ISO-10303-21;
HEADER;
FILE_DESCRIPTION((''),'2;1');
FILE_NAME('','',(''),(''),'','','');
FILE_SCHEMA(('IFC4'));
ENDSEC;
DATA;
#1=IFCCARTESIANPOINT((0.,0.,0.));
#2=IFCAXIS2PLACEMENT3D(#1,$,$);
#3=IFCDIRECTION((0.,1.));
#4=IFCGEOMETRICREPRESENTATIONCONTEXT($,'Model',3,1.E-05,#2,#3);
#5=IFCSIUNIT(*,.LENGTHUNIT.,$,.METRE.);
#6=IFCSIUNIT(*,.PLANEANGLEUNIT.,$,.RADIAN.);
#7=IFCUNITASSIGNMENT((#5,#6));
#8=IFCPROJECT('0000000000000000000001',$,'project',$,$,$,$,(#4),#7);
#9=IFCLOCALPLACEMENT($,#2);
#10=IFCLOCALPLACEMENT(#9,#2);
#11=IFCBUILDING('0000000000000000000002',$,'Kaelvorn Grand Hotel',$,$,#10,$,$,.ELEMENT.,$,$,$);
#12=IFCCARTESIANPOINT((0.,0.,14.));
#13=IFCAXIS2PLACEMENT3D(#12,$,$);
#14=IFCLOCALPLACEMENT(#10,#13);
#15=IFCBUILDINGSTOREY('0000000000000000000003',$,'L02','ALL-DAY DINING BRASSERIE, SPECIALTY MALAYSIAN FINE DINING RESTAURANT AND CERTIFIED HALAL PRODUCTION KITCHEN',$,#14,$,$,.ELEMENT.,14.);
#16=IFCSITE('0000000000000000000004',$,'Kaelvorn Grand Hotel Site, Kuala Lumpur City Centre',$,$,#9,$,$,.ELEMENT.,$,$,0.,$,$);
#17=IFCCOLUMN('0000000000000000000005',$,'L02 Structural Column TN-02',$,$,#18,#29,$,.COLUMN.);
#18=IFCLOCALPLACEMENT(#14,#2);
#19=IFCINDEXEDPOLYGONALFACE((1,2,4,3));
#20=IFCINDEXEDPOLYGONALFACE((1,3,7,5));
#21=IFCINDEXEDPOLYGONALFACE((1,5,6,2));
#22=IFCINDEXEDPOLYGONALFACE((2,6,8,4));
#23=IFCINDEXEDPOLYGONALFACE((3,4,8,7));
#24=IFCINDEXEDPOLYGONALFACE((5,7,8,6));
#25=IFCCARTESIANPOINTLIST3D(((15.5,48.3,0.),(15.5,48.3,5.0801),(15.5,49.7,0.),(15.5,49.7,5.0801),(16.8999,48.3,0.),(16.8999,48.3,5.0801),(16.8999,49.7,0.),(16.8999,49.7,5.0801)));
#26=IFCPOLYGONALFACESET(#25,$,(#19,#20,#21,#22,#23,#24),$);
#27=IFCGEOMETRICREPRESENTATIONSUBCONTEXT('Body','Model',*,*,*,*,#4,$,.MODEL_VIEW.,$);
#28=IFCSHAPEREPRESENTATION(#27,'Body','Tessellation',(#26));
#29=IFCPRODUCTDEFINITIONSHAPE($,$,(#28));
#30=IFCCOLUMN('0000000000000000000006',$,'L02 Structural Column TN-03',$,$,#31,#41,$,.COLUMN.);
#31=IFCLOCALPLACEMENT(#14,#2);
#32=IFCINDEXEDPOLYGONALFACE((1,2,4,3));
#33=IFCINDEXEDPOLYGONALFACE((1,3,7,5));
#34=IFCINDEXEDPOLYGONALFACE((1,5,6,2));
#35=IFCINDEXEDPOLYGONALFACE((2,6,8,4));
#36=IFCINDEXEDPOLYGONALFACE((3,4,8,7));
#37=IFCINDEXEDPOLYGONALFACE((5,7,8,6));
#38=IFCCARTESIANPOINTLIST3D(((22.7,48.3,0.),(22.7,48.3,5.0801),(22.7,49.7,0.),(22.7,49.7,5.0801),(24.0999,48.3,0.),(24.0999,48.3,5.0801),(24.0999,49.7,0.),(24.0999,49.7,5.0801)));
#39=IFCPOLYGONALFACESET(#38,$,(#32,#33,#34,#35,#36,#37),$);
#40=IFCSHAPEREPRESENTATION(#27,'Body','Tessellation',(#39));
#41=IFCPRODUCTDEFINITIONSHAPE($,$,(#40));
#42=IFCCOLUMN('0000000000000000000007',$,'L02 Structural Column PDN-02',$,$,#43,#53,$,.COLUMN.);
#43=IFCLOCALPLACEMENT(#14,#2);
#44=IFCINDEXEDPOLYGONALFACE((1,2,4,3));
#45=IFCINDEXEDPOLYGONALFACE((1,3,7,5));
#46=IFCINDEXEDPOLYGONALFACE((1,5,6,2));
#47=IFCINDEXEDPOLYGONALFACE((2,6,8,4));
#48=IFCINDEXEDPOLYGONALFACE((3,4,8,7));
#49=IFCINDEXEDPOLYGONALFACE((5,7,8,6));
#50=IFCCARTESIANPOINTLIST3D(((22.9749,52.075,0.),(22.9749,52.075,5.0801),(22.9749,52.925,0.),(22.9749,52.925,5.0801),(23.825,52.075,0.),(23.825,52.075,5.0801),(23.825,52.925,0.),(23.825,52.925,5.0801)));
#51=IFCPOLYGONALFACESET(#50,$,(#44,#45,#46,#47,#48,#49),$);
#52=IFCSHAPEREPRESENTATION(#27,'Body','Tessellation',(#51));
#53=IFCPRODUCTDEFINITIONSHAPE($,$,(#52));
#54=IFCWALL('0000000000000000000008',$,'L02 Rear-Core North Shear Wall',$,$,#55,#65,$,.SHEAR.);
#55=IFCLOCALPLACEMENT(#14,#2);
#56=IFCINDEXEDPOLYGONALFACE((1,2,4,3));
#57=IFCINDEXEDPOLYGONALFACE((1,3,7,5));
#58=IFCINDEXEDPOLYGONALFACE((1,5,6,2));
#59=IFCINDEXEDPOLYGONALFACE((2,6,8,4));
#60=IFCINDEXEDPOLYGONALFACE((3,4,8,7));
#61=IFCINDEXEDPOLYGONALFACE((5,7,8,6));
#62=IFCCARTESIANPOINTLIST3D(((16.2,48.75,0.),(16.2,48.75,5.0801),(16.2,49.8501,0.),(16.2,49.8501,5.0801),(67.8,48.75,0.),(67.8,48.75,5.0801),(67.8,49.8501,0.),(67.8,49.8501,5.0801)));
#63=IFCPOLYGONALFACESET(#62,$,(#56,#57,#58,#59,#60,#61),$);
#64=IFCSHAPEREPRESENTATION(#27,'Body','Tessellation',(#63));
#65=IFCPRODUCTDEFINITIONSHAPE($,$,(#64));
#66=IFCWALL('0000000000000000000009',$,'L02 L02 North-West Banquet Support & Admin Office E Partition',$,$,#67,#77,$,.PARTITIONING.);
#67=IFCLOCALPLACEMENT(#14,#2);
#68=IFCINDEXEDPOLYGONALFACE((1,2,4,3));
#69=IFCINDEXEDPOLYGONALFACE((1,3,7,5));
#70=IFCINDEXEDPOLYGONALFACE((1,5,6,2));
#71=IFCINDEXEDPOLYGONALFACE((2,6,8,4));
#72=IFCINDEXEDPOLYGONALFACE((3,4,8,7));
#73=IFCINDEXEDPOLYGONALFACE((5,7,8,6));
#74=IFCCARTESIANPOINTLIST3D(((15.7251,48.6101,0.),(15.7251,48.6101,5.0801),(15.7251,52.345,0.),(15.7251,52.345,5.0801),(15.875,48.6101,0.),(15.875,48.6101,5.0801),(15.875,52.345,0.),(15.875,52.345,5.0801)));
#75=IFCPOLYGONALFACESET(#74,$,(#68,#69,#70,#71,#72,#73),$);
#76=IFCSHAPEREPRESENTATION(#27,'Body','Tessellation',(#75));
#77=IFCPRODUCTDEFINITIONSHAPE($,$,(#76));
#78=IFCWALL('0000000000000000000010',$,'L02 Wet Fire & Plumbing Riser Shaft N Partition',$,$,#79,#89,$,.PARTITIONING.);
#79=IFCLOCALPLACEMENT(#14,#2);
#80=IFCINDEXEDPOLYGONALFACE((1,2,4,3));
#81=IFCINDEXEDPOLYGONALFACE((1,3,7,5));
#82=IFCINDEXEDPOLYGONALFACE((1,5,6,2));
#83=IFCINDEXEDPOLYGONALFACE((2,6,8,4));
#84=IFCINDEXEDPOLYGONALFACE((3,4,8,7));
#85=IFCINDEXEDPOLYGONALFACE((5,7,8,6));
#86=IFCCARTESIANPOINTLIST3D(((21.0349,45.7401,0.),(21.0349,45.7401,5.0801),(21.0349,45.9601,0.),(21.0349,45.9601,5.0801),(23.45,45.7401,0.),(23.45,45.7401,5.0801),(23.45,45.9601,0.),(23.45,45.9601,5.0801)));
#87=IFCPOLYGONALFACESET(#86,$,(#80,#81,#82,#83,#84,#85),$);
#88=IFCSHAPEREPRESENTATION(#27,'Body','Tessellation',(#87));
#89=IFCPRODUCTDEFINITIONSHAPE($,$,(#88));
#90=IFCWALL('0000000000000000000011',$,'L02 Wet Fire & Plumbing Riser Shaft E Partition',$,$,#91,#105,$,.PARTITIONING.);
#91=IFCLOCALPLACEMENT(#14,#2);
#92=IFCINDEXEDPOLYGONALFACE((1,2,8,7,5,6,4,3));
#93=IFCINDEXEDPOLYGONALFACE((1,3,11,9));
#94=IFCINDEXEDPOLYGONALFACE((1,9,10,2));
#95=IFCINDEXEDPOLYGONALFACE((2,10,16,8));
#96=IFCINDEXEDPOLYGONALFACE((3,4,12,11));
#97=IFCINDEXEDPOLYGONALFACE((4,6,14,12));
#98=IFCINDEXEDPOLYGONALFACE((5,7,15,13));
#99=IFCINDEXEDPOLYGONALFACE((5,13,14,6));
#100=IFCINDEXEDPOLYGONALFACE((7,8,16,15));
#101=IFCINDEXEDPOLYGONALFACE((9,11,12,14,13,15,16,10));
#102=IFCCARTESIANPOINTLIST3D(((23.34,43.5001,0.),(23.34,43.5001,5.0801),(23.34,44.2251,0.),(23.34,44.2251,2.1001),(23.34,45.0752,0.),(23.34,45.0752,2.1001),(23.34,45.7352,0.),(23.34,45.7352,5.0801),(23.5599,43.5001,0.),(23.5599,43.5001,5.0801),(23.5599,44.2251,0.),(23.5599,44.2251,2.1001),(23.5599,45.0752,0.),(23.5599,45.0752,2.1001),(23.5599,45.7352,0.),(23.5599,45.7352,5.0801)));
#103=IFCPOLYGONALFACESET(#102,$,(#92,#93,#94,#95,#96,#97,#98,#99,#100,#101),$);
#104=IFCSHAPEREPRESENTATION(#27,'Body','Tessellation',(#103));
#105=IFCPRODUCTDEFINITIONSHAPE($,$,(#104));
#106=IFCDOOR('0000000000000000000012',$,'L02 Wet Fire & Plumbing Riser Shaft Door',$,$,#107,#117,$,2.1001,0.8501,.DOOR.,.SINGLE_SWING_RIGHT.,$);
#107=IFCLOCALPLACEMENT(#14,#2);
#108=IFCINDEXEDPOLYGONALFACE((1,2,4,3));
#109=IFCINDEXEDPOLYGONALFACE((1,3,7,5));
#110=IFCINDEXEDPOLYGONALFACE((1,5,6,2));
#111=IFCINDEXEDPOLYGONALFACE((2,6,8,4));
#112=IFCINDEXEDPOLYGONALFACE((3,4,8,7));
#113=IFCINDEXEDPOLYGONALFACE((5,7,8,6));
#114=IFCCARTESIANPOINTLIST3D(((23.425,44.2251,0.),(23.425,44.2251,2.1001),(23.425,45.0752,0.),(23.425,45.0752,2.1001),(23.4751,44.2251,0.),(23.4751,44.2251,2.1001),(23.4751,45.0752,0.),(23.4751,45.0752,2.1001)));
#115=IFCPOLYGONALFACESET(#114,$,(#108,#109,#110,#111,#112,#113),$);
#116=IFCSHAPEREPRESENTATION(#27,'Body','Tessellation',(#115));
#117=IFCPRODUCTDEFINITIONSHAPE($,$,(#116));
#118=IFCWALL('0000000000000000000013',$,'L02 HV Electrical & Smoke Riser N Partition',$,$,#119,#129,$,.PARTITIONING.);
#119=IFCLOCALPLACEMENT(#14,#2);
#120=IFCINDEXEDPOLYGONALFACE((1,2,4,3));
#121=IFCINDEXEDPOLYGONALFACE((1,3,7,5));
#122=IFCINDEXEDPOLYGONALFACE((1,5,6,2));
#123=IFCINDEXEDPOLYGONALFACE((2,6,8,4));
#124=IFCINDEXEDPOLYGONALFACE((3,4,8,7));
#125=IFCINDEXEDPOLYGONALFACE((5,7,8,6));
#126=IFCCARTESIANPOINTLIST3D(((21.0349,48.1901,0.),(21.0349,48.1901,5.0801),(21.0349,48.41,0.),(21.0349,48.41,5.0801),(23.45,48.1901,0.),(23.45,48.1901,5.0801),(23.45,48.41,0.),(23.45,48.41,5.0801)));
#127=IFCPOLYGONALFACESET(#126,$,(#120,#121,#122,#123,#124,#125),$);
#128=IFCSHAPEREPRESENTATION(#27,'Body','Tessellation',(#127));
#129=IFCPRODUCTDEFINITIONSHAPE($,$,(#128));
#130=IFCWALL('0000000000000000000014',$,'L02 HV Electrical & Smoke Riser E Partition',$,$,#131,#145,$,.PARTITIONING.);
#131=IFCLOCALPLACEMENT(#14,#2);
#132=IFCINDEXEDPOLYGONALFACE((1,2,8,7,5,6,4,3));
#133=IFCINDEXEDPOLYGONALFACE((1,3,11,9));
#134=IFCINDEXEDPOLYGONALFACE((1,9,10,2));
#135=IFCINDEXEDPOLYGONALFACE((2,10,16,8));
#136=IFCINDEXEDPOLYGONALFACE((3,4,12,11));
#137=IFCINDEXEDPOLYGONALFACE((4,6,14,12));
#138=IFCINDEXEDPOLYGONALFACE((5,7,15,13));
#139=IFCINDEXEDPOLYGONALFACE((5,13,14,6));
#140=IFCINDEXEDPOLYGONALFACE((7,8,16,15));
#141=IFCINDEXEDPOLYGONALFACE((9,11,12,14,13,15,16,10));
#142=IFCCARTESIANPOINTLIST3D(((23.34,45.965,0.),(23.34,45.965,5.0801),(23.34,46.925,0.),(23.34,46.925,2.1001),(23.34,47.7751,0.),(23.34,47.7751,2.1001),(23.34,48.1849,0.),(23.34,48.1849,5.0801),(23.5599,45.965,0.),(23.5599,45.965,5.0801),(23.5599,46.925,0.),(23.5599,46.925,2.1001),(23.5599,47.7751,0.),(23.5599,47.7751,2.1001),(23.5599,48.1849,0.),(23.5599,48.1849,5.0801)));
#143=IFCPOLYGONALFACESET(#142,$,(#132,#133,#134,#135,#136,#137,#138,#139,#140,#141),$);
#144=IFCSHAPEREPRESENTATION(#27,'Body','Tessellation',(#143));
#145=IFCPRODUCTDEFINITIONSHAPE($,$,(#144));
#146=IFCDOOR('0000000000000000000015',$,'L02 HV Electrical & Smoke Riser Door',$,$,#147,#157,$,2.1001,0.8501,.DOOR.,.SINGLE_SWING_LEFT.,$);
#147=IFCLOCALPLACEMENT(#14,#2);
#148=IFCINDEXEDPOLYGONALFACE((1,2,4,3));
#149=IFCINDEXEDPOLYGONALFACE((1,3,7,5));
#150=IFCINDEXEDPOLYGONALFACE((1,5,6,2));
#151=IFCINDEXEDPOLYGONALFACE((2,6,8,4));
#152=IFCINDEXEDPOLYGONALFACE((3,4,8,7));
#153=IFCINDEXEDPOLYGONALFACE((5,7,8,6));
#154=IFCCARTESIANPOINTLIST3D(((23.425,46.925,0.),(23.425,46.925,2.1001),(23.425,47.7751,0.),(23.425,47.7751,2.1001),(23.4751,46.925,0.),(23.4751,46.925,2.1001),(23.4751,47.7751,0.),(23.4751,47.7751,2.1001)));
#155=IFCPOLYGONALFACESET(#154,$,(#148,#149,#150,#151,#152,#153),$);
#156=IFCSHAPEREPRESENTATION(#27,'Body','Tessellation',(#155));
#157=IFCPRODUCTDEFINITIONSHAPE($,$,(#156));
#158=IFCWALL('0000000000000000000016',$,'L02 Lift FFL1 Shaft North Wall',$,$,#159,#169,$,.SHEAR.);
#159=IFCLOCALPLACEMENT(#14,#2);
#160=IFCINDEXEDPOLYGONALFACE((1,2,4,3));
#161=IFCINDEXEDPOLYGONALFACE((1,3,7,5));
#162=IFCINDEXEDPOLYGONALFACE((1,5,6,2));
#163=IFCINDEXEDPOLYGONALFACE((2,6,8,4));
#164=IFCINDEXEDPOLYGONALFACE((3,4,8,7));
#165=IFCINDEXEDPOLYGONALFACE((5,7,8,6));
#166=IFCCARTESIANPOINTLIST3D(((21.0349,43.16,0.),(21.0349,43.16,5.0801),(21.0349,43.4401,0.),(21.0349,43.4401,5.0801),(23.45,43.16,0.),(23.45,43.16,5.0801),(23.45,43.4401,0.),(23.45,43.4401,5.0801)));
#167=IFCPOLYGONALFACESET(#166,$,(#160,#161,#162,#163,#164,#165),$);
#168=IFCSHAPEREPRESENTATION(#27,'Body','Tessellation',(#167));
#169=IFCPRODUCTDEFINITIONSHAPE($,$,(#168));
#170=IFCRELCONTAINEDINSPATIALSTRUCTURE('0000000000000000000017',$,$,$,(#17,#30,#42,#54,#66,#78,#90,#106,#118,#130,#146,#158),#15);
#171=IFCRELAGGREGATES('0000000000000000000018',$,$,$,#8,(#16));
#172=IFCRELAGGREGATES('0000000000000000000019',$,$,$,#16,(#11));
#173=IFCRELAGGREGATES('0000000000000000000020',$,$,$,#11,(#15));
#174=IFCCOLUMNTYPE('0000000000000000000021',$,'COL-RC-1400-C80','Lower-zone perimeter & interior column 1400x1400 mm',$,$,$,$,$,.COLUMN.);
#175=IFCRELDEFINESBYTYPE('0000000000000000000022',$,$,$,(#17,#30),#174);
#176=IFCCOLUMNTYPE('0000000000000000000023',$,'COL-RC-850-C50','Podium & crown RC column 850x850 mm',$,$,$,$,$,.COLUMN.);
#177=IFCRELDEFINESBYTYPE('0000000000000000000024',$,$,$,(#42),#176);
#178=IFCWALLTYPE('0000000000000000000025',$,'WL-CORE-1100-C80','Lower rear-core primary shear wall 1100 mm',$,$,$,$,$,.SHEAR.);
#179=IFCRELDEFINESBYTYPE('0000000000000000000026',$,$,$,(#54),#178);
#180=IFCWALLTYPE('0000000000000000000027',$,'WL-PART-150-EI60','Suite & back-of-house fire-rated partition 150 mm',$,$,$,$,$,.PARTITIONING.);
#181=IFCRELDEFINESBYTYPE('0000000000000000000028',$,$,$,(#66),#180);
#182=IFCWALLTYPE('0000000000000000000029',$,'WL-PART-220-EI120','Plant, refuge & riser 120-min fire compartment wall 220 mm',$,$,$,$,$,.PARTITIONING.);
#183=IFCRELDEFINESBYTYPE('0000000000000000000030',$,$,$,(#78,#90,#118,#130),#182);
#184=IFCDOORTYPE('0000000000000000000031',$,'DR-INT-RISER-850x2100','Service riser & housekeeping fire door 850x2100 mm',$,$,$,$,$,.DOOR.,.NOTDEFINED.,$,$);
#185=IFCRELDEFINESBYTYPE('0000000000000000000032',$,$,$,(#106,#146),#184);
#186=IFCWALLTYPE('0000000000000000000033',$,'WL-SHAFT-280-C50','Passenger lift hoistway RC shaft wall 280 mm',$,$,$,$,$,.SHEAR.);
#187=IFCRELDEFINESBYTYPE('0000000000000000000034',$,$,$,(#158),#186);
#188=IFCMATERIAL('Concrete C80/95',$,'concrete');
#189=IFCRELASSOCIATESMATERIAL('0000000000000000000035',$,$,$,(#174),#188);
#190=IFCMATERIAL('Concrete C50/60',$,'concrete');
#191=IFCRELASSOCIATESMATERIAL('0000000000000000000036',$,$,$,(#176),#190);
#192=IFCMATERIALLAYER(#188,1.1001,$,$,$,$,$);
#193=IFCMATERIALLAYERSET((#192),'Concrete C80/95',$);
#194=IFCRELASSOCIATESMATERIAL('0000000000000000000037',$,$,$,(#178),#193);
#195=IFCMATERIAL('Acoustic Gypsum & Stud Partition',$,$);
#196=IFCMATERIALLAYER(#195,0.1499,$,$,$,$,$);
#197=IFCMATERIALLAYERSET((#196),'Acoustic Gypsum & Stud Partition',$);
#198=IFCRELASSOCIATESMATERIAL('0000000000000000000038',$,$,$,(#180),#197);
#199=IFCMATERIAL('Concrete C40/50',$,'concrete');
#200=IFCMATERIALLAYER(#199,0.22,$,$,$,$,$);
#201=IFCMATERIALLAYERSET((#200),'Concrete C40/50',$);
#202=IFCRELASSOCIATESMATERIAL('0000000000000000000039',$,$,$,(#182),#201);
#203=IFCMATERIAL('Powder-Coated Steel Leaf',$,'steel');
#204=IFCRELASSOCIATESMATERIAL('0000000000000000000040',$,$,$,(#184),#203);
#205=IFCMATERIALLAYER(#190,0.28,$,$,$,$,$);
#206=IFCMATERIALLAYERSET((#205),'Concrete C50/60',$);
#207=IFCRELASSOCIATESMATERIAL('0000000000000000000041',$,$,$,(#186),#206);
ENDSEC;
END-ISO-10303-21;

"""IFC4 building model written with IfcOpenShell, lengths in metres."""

from ifc_helpers import new_model, si_unit, direction, frame, frame_2d, origin, origin_2d, place, context, subcontext, project, spatial, rectangle, extrude, material, layer, layer_set, material_profile, profile_set, type_object, element, fill, save


model = new_model("IFC4")

# Units and contexts
model_context = context("Model", 3, precision=1e-05, world=origin(), true_north=direction((0.0, 1.0)))
body_context = subcontext(model_context, "Body", "Model", "MODEL_VIEW")
ifc_project = project(units=[si_unit("LENGTHUNIT", "METRE"), si_unit("PLANEANGLEUNIT", "RADIAN")], contexts=[model_context])

# Site, building, storey
site_placement = place(None, origin())
site = spatial("IfcSite", under=ifc_project, at=site_placement, Name="Kaelvorn Grand Hotel Site, Kuala Lumpur City Centre", CompositionType="ELEMENT", RefElevation=0.0)
building_placement = place(site_placement, origin())
building = spatial("IfcBuilding", under=site, at=building_placement, Name="Kaelvorn Grand Hotel", CompositionType="ELEMENT")
storey_placement = place(building_placement, frame((0.0, 0.0, 14.0)))
storey = spatial("IfcBuildingStorey", under=building, at=storey_placement, Name="L02", Description="ALL-DAY DINING BRASSERIE, SPECIALTY MALAYSIAN FINE DINING RESTAURANT AND CERTIFIED HALAL PRODUCTION KITCHEN", CompositionType="ELEMENT", Elevation=14.0)

# Columns
ifc_material_1 = material(Name="Concrete C80/95", Category="concrete")
ifc_material_profile_1 = material_profile(ifc_material_1, rectangle(XDim=1.3999, YDim=1.3999, at=origin_2d()), Name="RC COL 1400x1400")
ifc_profile_set_1 = profile_set([ifc_material_profile_1], Name="Concrete C80/95")
column_type_1 = type_object("IfcColumnType", Name="COL-RC-1400-C80", Description="Lower-zone perimeter & interior column 1400x1400 mm", PredefinedType="COLUMN", material=ifc_profile_set_1)
for number, where, z_axis, x_axis, name in (
    (1, (16.2, 49.0, 0.0), (0.0, 0.0, 1.0), (1.0, 0.0, 0.0), "L02 Structural Column TN-02"),
    (2, (23.3999, 49.0, 0.0), (0.0, 0.0, 1.0), (1.0, 0.0, 0.0), "L02 Structural Column TN-03"),
):
    element("IfcColumn", number, at=place(storey_placement, frame(where, z_axis=z_axis, x_axis=x_axis)), inside=storey, type_object=column_type_1, Name=name, PredefinedType="COLUMN", context=body_context, shape_type="SweptSolid", body=[
        extrude(rectangle(XDim=1.3999, YDim=1.3999, at=origin_2d()), origin(), (0.0, 0.0, 1.0), 5.0801),
    ])
ifc_material_2 = material(Name="Concrete C50/60", Category="concrete")
ifc_material_profile_2 = material_profile(ifc_material_2, rectangle(XDim=0.8501, YDim=0.8501, at=origin_2d()), Name="RC COL 850x850")
ifc_profile_set_2 = profile_set([ifc_material_profile_2], Name="Concrete C50/60")
column_type_2 = type_object("IfcColumnType", Name="COL-RC-850-C50", Description="Podium & crown RC column 850x850 mm", PredefinedType="COLUMN", material=ifc_profile_set_2)
column_placement = place(storey_placement, frame((23.3999, 52.5, 0.0), z_axis=(0.0, 0.0, 1.0), x_axis=(1.0, 0.0, 0.0)))
element("IfcColumn", 3, at=column_placement, inside=storey, type_object=column_type_2, Name="L02 Structural Column PDN-02", PredefinedType="COLUMN", context=body_context, shape_type="SweptSolid", body=[
    extrude(rectangle(XDim=0.8501, YDim=0.8501, at=origin_2d()), origin(), (0.0, 0.0, 1.0), 5.0801),
])

# Walls
ifc_layer_1 = layer(ifc_material_1, 1.1001)
ifc_layer_set_1 = layer_set([ifc_layer_1], Name="Concrete C80/95")
wall_type_1 = type_object("IfcWallType", Name="WL-CORE-1100-C80", Description="Lower rear-core primary shear wall 1100 mm", PredefinedType="SHEAR", material=ifc_layer_set_1)
wall_1_placement = place(storey_placement, frame((16.2, 49.3, 0.0), z_axis=(0.0, 0.0, 1.0), x_axis=(1.0, 0.0, 0.0)))
element("IfcWall", 4, at=wall_1_placement, inside=storey, type_object=wall_type_1, Name="L02 Rear-Core North Shear Wall", PredefinedType="SHEAR", context=body_context, shape_type="SweptSolid", body=[
    extrude(rectangle(XDim=51.6001, YDim=1.1001, at=frame_2d((25.8, 0.0))), origin(), (0.0, 0.0, 1.0), 5.0801),
])
ifc_material_3 = material(Name="Acoustic Gypsum & Stud Partition")
ifc_layer_2 = layer(ifc_material_3, 0.1499)
ifc_layer_set_2 = layer_set([ifc_layer_2], Name="Acoustic Gypsum & Stud Partition")
wall_type_2 = type_object("IfcWallType", Name="WL-PART-150-EI60", Description="Suite & back-of-house fire-rated partition 150 mm", PredefinedType="PARTITIONING", material=ifc_layer_set_2)
wall_2_placement = place(storey_placement, frame((15.8, 48.6101, 0.0), z_axis=(0.0, 0.0, 1.0), x_axis=(0.0, 1.0, 0.0)))
element("IfcWall", 5, at=wall_2_placement, inside=storey, type_object=wall_type_2, Name="L02 L02 North-West Banquet Support & Admin Office E Partition", PredefinedType="PARTITIONING", context=body_context, shape_type="SweptSolid", body=[
    extrude(rectangle(XDim=3.7349, YDim=0.1499, at=frame_2d((1.8674, 0.0))), origin(), (0.0, 0.0, 1.0), 5.0801),
])
ifc_material_4 = material(Name="Concrete C40/50", Category="concrete")
ifc_layer_3 = layer(ifc_material_4, 0.22)
ifc_layer_set_3 = layer_set([ifc_layer_3], Name="Concrete C40/50")
wall_type_3 = type_object("IfcWallType", Name="WL-PART-220-EI120", Description="Plant, refuge & riser 120-min fire compartment wall 220 mm", PredefinedType="PARTITIONING", material=ifc_layer_set_3)
wall_3_placement = place(storey_placement, frame((21.0349, 45.8501, 0.0), z_axis=(0.0, 0.0, 1.0), x_axis=(1.0, 0.0, 0.0)))
element("IfcWall", 6, at=wall_3_placement, inside=storey, type_object=wall_type_3, Name="L02 Wet Fire & Plumbing Riser Shaft N Partition", PredefinedType="PARTITIONING", context=body_context, shape_type="SweptSolid", body=[
    extrude(rectangle(XDim=2.415, YDim=0.22, at=frame_2d((1.2075, 0.0))), origin(), (0.0, 0.0, 1.0), 5.0801),
])

# Wall, opening, door
wall_4_placement = place(storey_placement, frame((23.45, 43.5, 0.0), z_axis=(0.0, 0.0, 1.0), x_axis=(0.0, 1.0, 0.0)))
wall_4 = element("IfcWall", 7, at=wall_4_placement, inside=storey, type_object=wall_type_3, Name="L02 Wet Fire & Plumbing Riser Shaft E Partition", PredefinedType="PARTITIONING", context=body_context, shape_type="SweptSolid", body=[
    extrude(rectangle(XDim=2.2351, YDim=0.22, at=frame_2d((1.1177, 0.0))), origin(), (0.0, 0.0, 1.0), 5.0801),
])
opening_1_placement = place(wall_4_placement, frame((0.7251, 0.0, 0.0)))
opening_1 = element("IfcOpeningElement", 8, at=opening_1_placement, cuts=wall_4, PredefinedType="OPENING", context=body_context, shape_type="SweptSolid", body=[
    extrude(rectangle(XDim=0.8501, YDim=2.1001, at=frame_2d((0.425, 1.05))), frame((0.0, 0.1201, 0.0), z_axis=(0.0, -1.0, 0.0), x_axis=(1.0, 0.0, 0.0)), (0.0, 0.0, 1.0), 0.24),
])
ifc_material_5 = material(Name="Powder-Coated Steel Leaf", Category="steel")
door_type = type_object("IfcDoorType", Name="DR-INT-RISER-850x2100", Description="Service riser & housekeeping fire door 850x2100 mm", OperationType="NOTDEFINED", PredefinedType="DOOR", material=ifc_material_5)
door_1_placement = place(opening_1_placement, origin())
door_1 = element("IfcDoor", 9, at=door_1_placement, inside=storey, type_object=door_type, Name="L02 Wet Fire & Plumbing Riser Shaft Door", OperationType="SINGLE_SWING_RIGHT", OverallHeight=2.1001, OverallWidth=0.8501, PredefinedType="DOOR", context=body_context, shape_type="SweptSolid", body=[
    extrude(rectangle(XDim=0.8501, YDim=2.1001, at=frame_2d((0.425, 1.05))), frame((0.0, 0.0249, 0.0), z_axis=(0.0, -1.0, 0.0), x_axis=(1.0, 0.0, 0.0)), (0.0, 0.0, 1.0), 0.05),
])
fill(opening_1, door_1)

# Wall
wall_5_placement = place(storey_placement, frame((21.0349, 48.3, 0.0), z_axis=(0.0, 0.0, 1.0), x_axis=(1.0, 0.0, 0.0)))
element("IfcWall", 10, at=wall_5_placement, inside=storey, type_object=wall_type_3, Name="L02 HV Electrical & Smoke Riser N Partition", PredefinedType="PARTITIONING", context=body_context, shape_type="SweptSolid", body=[
    extrude(rectangle(XDim=2.415, YDim=0.22, at=frame_2d((1.2075, 0.0))), origin(), (0.0, 0.0, 1.0), 5.0801),
])

# Wall, opening, door
wall_6_placement = place(storey_placement, frame((23.45, 45.9651, 0.0), z_axis=(0.0, 0.0, 1.0), x_axis=(0.0, 1.0, 0.0)))
wall_6 = element("IfcWall", 11, at=wall_6_placement, inside=storey, type_object=wall_type_3, Name="L02 HV Electrical & Smoke Riser E Partition", PredefinedType="PARTITIONING", context=body_context, shape_type="SweptSolid", body=[
    extrude(rectangle(XDim=2.22, YDim=0.22, at=frame_2d((1.1099, 0.0))), origin(), (0.0, 0.0, 1.0), 5.0801),
])
opening_2_placement = place(wall_6_placement, frame((0.96, 0.0, 0.0)))
opening_2 = element("IfcOpeningElement", 12, at=opening_2_placement, cuts=wall_6, PredefinedType="OPENING", context=body_context, shape_type="SweptSolid", body=[
    extrude(rectangle(XDim=0.8501, YDim=2.1001, at=frame_2d((0.425, 1.05))), frame((0.0, 0.1201, 0.0), z_axis=(0.0, -1.0, 0.0), x_axis=(1.0, 0.0, 0.0)), (0.0, 0.0, 1.0), 0.24),
])
door_2_placement = place(opening_2_placement, origin())
door_2 = element("IfcDoor", 13, at=door_2_placement, inside=storey, type_object=door_type, Name="L02 HV Electrical & Smoke Riser Door", OperationType="SINGLE_SWING_LEFT", OverallHeight=2.1001, OverallWidth=0.8501, PredefinedType="DOOR", context=body_context, shape_type="SweptSolid", body=[
    extrude(rectangle(XDim=0.8501, YDim=2.1001, at=frame_2d((0.425, 1.05))), frame((0.0, 0.0249, 0.0), z_axis=(0.0, -1.0, 0.0), x_axis=(1.0, 0.0, 0.0)), (0.0, 0.0, 1.0), 0.05),
])
fill(opening_2, door_2)

# Wall
ifc_layer_4 = layer(ifc_material_2, 0.28)
ifc_layer_set_4 = layer_set([ifc_layer_4], Name="Concrete C50/60")
wall_type_4 = type_object("IfcWallType", Name="WL-SHAFT-280-C50", Description="Passenger lift hoistway RC shaft wall 280 mm", PredefinedType="SHEAR", material=ifc_layer_set_4)
wall_7_placement = place(storey_placement, frame((21.0349, 43.3, 0.0), z_axis=(0.0, 0.0, 1.0), x_axis=(1.0, 0.0, 0.0)))
element("IfcWall", 14, at=wall_7_placement, inside=storey, type_object=wall_type_4, Name="L02 Lift FFL1 Shaft North Wall", PredefinedType="SHEAR", context=body_context, shape_type="SweptSolid", body=[
    extrude(rectangle(XDim=2.415, YDim=0.28, at=frame_2d((1.2075, 0.0))), origin(), (0.0, 0.0, 1.0), 5.0801),
])

save(model, "model.ifc")
